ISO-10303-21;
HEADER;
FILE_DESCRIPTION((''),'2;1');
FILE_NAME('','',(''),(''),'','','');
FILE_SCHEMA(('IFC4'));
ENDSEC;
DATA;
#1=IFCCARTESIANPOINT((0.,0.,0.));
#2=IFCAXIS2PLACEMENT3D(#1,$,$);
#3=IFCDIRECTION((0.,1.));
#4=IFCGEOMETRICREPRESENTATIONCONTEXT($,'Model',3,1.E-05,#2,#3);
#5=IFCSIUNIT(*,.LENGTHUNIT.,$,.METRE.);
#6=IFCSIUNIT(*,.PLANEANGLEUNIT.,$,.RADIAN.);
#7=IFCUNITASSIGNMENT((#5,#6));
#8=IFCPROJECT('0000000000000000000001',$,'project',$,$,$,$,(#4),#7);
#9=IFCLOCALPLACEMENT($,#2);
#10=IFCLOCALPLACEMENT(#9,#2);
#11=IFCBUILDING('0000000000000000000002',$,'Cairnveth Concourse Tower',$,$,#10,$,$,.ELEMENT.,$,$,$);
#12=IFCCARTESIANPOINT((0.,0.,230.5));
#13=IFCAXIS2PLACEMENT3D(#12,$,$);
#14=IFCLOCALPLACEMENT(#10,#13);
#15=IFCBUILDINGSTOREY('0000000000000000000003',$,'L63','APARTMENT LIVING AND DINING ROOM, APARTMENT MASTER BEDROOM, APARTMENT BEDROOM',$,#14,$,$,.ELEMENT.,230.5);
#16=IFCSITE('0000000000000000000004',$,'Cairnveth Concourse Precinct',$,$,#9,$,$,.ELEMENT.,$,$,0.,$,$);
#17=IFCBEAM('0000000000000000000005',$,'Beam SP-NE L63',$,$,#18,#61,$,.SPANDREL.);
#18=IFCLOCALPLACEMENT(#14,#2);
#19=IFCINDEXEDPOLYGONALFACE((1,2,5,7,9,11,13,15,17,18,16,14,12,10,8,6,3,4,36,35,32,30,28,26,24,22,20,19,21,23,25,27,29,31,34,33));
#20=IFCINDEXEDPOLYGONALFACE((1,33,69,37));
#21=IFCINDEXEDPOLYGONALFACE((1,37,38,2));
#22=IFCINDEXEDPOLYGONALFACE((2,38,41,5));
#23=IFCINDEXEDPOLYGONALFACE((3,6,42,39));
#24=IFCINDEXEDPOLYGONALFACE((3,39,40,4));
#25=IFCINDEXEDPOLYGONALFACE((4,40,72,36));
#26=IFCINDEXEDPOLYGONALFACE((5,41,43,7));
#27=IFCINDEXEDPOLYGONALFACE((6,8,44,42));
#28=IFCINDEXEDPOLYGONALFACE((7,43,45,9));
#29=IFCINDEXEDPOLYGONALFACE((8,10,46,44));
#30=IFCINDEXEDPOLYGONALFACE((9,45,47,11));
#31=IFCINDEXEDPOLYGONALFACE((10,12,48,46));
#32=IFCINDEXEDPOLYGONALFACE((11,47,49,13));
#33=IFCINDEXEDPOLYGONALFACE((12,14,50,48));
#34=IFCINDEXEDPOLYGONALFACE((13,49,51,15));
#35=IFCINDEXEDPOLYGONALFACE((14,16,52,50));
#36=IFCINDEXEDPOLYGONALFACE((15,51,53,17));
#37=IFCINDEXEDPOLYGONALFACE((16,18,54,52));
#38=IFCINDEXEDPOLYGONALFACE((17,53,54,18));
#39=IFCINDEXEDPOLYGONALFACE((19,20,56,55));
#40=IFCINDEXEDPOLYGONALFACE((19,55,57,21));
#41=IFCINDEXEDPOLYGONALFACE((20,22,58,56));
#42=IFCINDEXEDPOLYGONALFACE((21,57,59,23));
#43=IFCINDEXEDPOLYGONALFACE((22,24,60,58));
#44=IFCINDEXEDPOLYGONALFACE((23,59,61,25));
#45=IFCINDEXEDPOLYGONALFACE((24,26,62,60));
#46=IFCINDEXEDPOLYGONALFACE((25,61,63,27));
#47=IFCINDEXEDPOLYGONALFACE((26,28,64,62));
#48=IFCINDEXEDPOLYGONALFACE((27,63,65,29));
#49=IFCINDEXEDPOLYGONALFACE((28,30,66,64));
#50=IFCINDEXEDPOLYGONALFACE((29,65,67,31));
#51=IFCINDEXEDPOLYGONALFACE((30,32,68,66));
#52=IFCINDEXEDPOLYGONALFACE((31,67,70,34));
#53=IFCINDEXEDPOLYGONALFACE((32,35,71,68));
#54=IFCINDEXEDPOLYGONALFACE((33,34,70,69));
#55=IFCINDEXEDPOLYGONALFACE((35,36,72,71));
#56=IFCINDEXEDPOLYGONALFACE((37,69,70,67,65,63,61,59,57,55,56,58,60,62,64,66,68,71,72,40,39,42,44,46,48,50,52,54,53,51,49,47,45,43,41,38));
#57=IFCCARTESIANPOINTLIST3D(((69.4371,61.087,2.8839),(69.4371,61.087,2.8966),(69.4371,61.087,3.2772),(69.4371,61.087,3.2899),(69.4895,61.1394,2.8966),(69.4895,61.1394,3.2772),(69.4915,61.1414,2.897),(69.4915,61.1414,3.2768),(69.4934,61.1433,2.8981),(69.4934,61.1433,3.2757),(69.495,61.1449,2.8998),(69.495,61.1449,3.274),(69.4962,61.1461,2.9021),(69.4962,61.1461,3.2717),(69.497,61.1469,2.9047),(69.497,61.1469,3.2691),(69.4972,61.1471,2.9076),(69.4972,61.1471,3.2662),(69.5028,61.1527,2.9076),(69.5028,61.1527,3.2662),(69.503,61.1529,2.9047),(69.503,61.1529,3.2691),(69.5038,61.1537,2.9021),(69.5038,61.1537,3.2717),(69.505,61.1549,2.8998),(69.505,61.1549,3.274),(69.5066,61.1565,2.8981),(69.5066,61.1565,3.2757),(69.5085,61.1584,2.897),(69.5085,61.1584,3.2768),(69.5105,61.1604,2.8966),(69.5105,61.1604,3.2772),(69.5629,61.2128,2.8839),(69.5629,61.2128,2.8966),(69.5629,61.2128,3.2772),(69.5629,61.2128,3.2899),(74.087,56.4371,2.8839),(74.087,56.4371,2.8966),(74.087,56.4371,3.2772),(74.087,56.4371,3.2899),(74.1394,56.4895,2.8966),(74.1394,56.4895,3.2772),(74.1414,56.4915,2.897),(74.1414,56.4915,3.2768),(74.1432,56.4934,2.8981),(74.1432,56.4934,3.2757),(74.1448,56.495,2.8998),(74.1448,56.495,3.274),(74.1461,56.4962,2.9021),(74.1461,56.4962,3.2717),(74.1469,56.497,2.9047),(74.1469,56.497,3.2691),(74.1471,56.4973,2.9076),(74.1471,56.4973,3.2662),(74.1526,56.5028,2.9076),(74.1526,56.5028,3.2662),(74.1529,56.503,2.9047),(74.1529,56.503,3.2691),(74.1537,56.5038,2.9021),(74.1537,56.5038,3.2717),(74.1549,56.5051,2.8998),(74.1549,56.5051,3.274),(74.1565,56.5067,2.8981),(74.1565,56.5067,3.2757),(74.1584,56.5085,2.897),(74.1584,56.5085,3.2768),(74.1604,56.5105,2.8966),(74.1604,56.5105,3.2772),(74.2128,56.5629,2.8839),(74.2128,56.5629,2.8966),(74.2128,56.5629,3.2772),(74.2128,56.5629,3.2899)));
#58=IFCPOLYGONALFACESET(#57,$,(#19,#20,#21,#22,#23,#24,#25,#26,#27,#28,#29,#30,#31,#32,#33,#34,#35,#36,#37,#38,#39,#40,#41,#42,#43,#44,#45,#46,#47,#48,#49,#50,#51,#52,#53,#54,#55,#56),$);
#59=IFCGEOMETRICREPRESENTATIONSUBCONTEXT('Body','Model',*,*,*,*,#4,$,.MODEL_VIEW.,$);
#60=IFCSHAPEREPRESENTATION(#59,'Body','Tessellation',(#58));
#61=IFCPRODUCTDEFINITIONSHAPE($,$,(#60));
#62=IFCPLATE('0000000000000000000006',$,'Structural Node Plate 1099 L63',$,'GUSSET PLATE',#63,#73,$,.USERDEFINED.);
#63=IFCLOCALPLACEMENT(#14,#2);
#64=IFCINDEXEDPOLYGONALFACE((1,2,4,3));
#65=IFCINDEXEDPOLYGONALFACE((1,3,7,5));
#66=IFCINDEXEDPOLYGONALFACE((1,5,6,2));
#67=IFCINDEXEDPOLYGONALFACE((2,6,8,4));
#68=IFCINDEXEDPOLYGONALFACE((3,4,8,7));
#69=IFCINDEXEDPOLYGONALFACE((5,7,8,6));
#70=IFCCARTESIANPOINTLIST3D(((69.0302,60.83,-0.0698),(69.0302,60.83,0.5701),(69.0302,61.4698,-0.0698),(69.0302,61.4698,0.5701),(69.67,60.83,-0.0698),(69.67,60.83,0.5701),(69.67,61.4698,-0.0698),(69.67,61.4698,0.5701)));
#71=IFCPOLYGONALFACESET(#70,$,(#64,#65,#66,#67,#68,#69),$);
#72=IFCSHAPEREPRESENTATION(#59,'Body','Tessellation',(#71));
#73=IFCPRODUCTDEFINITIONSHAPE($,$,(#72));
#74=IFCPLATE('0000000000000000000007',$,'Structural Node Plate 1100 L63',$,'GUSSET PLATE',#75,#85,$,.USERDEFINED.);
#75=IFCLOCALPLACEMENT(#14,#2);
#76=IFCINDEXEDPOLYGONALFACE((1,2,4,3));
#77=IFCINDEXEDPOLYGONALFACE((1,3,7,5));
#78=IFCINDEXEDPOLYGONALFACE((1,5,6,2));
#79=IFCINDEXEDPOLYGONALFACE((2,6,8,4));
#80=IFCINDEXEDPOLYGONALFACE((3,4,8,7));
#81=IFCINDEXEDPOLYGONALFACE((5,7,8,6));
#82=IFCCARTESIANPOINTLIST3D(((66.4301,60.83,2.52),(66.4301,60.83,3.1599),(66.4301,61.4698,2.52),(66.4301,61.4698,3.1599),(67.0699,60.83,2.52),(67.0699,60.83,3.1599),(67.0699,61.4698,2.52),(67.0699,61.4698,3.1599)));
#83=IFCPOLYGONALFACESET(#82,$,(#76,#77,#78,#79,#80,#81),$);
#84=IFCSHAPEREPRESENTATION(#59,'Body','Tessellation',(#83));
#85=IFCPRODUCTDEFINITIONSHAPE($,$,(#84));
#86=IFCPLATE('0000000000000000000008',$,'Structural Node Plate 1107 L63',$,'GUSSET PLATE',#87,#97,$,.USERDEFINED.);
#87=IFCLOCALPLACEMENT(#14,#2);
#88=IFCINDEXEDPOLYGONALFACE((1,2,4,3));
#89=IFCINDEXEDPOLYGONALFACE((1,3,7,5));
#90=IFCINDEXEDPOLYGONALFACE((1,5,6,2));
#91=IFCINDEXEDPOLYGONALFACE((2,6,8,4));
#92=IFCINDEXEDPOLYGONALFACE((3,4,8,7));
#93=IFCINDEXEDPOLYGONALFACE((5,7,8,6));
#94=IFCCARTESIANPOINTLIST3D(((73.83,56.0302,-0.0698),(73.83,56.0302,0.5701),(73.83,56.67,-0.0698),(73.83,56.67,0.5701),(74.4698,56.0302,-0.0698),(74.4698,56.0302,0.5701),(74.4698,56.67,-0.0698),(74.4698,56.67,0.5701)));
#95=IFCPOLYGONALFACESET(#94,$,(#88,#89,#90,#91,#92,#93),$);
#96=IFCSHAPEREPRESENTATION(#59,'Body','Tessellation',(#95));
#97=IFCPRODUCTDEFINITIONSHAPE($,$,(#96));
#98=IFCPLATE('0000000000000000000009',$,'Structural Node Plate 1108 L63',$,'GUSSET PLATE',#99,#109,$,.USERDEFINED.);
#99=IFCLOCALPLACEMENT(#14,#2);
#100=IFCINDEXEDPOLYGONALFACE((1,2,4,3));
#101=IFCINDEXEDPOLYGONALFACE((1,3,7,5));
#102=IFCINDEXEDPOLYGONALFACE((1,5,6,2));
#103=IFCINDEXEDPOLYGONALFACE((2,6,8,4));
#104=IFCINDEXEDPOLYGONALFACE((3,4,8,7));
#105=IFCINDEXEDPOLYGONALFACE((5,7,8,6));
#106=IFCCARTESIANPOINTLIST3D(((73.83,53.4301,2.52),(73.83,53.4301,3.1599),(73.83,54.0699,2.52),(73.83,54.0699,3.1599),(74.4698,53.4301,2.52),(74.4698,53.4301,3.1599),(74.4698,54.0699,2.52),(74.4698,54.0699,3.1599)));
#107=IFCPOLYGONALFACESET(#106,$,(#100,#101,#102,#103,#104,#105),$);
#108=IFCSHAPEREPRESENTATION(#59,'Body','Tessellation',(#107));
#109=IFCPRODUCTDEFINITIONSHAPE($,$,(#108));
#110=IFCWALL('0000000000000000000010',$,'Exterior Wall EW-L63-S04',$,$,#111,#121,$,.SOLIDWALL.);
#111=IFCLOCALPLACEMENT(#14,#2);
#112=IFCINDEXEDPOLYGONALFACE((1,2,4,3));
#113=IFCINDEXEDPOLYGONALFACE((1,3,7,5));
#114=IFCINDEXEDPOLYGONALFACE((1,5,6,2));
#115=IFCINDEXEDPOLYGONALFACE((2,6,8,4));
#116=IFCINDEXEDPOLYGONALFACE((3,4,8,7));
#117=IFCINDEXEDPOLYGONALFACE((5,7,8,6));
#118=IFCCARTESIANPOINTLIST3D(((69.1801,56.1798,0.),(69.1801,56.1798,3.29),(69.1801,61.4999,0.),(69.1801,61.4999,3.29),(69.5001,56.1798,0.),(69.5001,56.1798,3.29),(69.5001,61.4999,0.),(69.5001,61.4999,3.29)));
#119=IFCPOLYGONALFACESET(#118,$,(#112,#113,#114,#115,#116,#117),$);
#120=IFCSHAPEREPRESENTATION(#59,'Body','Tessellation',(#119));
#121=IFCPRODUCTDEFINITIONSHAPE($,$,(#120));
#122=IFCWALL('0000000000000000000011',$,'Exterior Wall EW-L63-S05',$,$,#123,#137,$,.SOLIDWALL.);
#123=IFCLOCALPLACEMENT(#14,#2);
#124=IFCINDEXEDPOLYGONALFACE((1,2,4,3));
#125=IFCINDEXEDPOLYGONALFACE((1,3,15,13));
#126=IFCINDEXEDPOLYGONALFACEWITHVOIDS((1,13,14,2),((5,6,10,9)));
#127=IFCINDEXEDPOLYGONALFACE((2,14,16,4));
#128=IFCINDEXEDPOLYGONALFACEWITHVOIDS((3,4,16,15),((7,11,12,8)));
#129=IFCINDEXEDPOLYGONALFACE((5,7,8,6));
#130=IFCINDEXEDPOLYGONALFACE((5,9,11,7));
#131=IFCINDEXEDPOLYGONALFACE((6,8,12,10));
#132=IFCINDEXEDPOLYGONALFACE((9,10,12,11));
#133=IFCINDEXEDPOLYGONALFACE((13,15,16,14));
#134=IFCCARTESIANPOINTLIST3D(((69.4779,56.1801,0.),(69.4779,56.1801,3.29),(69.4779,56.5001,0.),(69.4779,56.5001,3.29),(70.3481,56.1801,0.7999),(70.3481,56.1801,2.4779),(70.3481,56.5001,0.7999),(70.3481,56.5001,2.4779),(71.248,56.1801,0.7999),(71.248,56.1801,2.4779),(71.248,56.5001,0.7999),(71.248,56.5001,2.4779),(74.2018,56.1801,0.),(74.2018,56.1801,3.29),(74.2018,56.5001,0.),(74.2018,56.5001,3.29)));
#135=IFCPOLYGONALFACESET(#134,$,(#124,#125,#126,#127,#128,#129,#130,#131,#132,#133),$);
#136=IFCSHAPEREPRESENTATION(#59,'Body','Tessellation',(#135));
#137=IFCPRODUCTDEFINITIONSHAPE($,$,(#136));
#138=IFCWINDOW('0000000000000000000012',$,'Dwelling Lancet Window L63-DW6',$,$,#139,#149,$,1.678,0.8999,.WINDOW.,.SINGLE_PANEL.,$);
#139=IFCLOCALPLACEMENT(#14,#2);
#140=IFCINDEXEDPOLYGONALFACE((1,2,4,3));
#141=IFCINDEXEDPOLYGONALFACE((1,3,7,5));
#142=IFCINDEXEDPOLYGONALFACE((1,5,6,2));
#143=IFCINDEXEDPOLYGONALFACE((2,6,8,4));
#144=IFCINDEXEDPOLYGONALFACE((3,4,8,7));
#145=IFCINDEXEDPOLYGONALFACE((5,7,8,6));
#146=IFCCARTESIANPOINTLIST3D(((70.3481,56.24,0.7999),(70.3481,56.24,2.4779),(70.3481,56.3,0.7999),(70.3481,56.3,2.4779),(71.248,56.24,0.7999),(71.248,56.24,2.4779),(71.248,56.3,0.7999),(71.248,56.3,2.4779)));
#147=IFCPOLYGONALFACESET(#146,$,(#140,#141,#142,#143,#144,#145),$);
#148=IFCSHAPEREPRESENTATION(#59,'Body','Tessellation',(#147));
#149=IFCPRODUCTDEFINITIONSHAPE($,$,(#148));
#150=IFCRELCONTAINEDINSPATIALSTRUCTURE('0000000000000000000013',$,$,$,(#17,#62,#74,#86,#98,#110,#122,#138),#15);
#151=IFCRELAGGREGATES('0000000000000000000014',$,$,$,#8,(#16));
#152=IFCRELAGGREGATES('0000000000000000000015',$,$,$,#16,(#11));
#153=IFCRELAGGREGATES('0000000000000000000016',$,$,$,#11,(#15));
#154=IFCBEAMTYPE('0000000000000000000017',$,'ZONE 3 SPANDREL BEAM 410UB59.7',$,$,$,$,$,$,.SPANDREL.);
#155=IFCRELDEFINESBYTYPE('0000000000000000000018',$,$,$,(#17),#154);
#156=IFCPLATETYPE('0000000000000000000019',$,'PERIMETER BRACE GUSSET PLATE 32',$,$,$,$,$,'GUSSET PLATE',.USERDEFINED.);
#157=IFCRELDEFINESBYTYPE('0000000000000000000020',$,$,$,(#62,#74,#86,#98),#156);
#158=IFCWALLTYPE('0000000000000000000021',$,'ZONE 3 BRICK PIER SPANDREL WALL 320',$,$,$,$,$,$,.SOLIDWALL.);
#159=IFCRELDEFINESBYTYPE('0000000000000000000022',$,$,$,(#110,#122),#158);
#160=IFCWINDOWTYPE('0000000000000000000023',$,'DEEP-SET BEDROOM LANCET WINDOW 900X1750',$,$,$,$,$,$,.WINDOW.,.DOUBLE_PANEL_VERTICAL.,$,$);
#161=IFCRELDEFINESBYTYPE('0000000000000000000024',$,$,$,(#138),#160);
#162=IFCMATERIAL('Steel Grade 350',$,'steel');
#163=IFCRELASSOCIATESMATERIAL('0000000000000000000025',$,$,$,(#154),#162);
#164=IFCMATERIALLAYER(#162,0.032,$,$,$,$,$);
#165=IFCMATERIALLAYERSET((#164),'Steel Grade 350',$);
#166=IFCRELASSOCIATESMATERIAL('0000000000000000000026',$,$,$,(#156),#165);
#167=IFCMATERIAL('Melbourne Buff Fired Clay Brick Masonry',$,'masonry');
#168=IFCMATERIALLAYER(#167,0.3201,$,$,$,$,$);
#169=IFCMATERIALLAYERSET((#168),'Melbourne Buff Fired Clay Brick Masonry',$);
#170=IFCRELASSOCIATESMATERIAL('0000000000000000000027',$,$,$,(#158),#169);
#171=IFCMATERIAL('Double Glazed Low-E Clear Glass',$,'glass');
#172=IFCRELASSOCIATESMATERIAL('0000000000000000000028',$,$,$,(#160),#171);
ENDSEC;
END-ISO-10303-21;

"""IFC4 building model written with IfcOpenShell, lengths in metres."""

from ifc_helpers import new_model, si_unit, direction, frame, frame_2d, origin, origin_2d, place, context, subcontext, project, spatial, rectangle, i_section, extrude, material, layer, layer_set, material_profile, profile_set, type_object, element, fill, save


model = new_model("IFC4")

# Units and contexts
model_context = context("Model", 3, precision=1e-05, world=origin(), true_north=direction((0.0, 1.0)))
body_context = subcontext(model_context, "Body", "Model", "MODEL_VIEW")
ifc_project = project(units=[si_unit("LENGTHUNIT", "METRE"), si_unit("PLANEANGLEUNIT", "RADIAN")], contexts=[model_context])

# Site, building, storey
site_placement = place(None, origin())
site = spatial("IfcSite", under=ifc_project, at=site_placement, Name="Cairnveth Concourse Precinct", CompositionType="ELEMENT", RefElevation=0.0)
building_placement = place(site_placement, origin())
building = spatial("IfcBuilding", under=site, at=building_placement, Name="Cairnveth Concourse Tower", CompositionType="ELEMENT")
storey_placement = place(building_placement, frame((0.0, 0.0, 230.5)))
storey = spatial("IfcBuildingStorey", under=building, at=storey_placement, Name="L63", Description="APARTMENT LIVING AND DINING ROOM, APARTMENT MASTER BEDROOM, APARTMENT BEDROOM", CompositionType="ELEMENT", Elevation=230.5)

# Shared definitions
ifc_material_1 = material(Name="Steel Grade 350", Category="steel")

# Beam
ifc_material_profile_1 = material_profile(ifc_material_1, i_section(OverallWidth=0.178, OverallDepth=0.406, WebThickness=0.0078, FlangeThickness=0.0127, FilletRadius=0.011, at=origin_2d()), Name="410UB59.7")
ifc_profile_set_1 = profile_set([ifc_material_profile_1], Name="Steel Grade 350")
beam_type_1 = type_object("IfcBeamType", Name="ZONE 3 SPANDREL BEAM 410UB59.7", PredefinedType="SPANDREL", material=ifc_profile_set_1)
beam_1_placement = place(storey_placement, frame((69.5, 61.1499, 3.0869), z_axis=(0.707107, -0.707107, 0.0), x_axis=(0.707107, 0.707107, 0.0)))
element("IfcBeam", 1, at=beam_1_placement, inside=storey, type_object=beam_type_1, Name="Beam SP-NE L63", PredefinedType="SPANDREL", context=body_context, shape_type="SweptSolid", body=[
    extrude(i_section(OverallWidth=0.178, OverallDepth=0.406, WebThickness=0.0078, FlangeThickness=0.0127, FilletRadius=0.011, at=origin_2d()), origin(), (0.0, 0.0, 1.0), 6.5759),
])

# Plates
ifc_layer_1 = layer(ifc_material_1, 0.032)
ifc_layer_set_1 = layer_set([ifc_layer_1], Name="Steel Grade 350")
plate_type = type_object("IfcPlateType", Name="PERIMETER BRACE GUSSET PLATE 32", ElementType="GUSSET PLATE", PredefinedType="USERDEFINED", material=ifc_layer_set_1)
for number, where, z_axis, x_axis, name in (
    (2, (69.3501, 61.1499, -0.0698), (0.0, 0.0, 1.0), (1.0, 0.0, 0.0), "Structural Node Plate 1099 L63"),
    (3, (66.75, 61.1499, 2.52), (0.0, 0.0, 1.0), (1.0, 0.0, 0.0), "Structural Node Plate 1100 L63"),
    (4, (74.1499, 56.3501, -0.0698), (0.0, 0.0, 1.0), (1.0, 0.0, 0.0), "Structural Node Plate 1107 L63"),
    (5, (74.1499, 53.75, 2.52), (0.0, 0.0, 1.0), (1.0, 0.0, 0.0), "Structural Node Plate 1108 L63"),
):
    element("IfcPlate", number, at=place(storey_placement, frame(where, z_axis=z_axis, x_axis=x_axis)), inside=storey, type_object=plate_type, Name=name, ObjectType="GUSSET PLATE", PredefinedType="USERDEFINED", context=body_context, shape_type="SweptSolid", body=[
        extrude(rectangle(XDim=0.6399, YDim=0.6399, at=origin_2d()), origin(), (0.0, 0.0, 1.0), 0.6399),
    ])

# Wall
ifc_material_2 = material(Name="Melbourne Buff Fired Clay Brick Masonry", Category="masonry")
ifc_layer_2 = layer(ifc_material_2, 0.3201)
ifc_layer_set_2 = layer_set([ifc_layer_2], Name="Melbourne Buff Fired Clay Brick Masonry")
wall_type = type_object("IfcWallType", Name="ZONE 3 BRICK PIER SPANDREL WALL 320", PredefinedType="SOLIDWALL", material=ifc_layer_set_2)
wall_1_placement = place(storey_placement, frame((69.3401, 61.5, 0.0), z_axis=(0.0, 0.0, 1.0), x_axis=(0.0, -1.0, 0.0)))
element("IfcWall", 6, at=wall_1_placement, inside=storey, type_object=wall_type, Name="Exterior Wall EW-L63-S04", PredefinedType="SOLIDWALL", context=body_context, shape_type="SweptSolid", body=[
    extrude(rectangle(XDim=5.3201, YDim=0.3201, at=frame_2d((2.6602, 0.0))), origin(), (0.0, 0.0, 1.0), 3.29),
])

# Wall, opening, window
wall_2_placement = place(storey_placement, frame((69.478, 56.3401, 0.0), z_axis=(0.0, 0.0, 1.0), x_axis=(1.0, 0.0, 0.0)))
wall_2 = element("IfcWall", 7, at=wall_2_placement, inside=storey, type_object=wall_type, Name="Exterior Wall EW-L63-S05", PredefinedType="SOLIDWALL", context=body_context, shape_type="SweptSolid", body=[
    extrude(rectangle(XDim=4.7239, YDim=0.3201, at=frame_2d((2.3618, 0.0))), origin(), (0.0, 0.0, 1.0), 3.29),
])
opening_1_placement = place(wall_2_placement, frame((0.8701, 0.0, 0.8)))
opening_1 = element("IfcOpeningElement", 8, at=opening_1_placement, cuts=wall_2, PredefinedType="OPENING", context=body_context, shape_type="SweptSolid", body=[
    extrude(rectangle(XDim=0.8999, YDim=1.678, at=frame_2d((0.45, 0.8389))), frame((0.0, 0.1699, 0.0), z_axis=(0.0, -1.0, 0.0), x_axis=(1.0, 0.0, 0.0)), (0.0, 0.0, 1.0), 0.3401),
])
ifc_material_3 = material(Name="Double Glazed Low-E Clear Glass", Category="glass")
window_type_1 = type_object("IfcWindowType", Name="DEEP-SET BEDROOM LANCET WINDOW 900X1750", PartitioningType="DOUBLE_PANEL_VERTICAL", PredefinedType="WINDOW", material=ifc_material_3)
window_1_placement = place(opening_1_placement, origin())
window_1 = element("IfcWindow", 9, at=window_1_placement, inside=storey, type_object=window_type_1, Name="Dwelling Lancet Window L63-DW6", OverallHeight=1.678, OverallWidth=0.8999, PartitioningType="SINGLE_PANEL", PredefinedType="WINDOW", context=body_context, shape_type="SweptSolid", body=[
    extrude(rectangle(XDim=0.8999, YDim=1.678, at=frame_2d((0.45, 0.8389))), frame((0.0, -0.04, 0.0), z_axis=(0.0, -1.0, 0.0), x_axis=(1.0, 0.0, 0.0)), (0.0, 0.0, 1.0), 0.0601),
])
fill(opening_1, window_1)

save(model, "model.ifc")
